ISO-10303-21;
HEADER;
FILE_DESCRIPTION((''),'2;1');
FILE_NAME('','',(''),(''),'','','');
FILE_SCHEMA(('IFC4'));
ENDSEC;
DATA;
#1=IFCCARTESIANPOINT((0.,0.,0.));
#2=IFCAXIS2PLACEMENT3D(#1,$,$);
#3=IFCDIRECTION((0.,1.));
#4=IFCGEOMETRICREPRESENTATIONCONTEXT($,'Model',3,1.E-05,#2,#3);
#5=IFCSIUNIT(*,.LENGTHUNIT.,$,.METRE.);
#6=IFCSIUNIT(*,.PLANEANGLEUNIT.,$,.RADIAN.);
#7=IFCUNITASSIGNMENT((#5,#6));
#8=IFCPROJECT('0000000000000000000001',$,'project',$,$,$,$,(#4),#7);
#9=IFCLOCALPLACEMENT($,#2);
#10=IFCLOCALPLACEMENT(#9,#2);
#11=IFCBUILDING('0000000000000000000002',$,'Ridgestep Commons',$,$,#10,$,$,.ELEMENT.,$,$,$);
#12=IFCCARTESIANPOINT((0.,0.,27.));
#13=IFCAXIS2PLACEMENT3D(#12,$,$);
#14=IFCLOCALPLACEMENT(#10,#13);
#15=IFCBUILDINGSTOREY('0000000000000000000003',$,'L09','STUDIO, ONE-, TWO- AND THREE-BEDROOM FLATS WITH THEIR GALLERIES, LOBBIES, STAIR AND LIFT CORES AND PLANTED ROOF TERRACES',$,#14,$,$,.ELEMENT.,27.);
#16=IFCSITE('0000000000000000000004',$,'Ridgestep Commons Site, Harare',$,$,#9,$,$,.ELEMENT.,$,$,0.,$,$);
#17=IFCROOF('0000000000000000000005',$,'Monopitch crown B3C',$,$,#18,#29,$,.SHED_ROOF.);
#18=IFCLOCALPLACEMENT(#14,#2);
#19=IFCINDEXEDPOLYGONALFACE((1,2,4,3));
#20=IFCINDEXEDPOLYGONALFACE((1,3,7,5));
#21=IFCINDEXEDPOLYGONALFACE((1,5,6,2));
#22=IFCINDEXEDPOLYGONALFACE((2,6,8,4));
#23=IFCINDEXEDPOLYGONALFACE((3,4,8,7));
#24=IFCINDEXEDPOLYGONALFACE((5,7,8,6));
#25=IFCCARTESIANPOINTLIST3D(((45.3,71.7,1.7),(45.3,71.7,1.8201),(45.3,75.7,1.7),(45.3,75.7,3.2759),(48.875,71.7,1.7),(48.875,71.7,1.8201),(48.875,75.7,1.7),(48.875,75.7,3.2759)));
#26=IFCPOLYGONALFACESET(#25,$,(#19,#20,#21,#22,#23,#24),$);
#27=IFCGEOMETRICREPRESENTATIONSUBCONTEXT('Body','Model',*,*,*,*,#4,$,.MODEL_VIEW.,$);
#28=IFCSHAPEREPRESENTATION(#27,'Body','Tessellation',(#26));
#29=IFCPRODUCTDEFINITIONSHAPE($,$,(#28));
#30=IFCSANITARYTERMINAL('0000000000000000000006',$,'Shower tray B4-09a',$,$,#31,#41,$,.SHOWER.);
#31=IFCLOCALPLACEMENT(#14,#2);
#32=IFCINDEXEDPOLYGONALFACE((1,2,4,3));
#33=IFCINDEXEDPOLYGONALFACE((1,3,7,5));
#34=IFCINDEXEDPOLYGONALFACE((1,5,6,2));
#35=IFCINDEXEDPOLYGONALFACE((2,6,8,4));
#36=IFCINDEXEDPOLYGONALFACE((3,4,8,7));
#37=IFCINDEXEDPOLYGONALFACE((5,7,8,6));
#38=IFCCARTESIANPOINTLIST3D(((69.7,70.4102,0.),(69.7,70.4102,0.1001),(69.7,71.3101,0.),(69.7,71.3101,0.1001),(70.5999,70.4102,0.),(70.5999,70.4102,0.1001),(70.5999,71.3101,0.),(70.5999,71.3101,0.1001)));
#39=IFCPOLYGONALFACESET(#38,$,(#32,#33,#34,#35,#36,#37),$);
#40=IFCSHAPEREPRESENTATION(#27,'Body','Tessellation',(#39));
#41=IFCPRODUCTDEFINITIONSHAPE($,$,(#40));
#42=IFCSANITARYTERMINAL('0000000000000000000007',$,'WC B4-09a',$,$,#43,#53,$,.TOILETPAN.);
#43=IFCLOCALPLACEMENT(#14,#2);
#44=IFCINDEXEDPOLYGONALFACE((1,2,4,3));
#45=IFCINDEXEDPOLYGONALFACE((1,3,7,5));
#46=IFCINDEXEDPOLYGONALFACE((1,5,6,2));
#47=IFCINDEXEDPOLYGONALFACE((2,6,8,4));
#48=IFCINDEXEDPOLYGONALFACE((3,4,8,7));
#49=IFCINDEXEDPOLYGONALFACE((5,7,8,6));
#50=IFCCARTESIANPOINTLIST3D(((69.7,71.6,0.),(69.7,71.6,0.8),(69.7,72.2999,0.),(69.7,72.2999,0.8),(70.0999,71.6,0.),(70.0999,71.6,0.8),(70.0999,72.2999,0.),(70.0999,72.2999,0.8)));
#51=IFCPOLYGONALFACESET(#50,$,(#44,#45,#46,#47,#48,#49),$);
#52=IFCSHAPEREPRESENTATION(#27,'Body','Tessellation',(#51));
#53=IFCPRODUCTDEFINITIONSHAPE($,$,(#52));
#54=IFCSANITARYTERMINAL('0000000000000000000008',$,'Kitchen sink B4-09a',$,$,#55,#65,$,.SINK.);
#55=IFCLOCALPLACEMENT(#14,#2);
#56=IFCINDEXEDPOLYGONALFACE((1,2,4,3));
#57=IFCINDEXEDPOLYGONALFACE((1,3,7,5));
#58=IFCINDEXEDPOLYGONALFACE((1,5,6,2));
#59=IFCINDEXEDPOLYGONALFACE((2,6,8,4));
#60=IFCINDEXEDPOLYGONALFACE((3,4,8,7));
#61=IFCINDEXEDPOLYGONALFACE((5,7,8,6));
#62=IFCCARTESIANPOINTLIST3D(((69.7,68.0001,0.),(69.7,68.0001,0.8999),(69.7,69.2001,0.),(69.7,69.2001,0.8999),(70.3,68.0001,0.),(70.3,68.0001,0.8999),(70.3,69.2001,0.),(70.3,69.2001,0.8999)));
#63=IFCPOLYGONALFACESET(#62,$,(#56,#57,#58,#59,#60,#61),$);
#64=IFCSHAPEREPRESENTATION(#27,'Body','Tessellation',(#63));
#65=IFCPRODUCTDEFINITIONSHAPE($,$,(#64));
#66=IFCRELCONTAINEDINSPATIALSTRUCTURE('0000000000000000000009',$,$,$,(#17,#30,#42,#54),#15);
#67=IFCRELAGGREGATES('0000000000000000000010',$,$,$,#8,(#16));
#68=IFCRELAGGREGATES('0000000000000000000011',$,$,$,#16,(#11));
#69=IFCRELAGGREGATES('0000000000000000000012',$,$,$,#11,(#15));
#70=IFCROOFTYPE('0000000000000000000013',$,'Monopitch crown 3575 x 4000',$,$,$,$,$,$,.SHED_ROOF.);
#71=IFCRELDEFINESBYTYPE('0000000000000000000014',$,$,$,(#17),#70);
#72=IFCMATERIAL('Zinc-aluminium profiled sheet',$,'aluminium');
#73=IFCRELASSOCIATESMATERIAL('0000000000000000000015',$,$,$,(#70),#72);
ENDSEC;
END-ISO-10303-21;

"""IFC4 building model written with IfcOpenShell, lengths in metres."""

from ifc_helpers import new_model, si_unit, direction, frame, origin, origin_2d, place, context, subcontext, project, spatial, polyline, rectangle, outline, extrude, material, type_object, element, save


model = new_model("IFC4")

# Units and contexts
model_context = context("Model", 3, precision=1e-05, world=origin(), true_north=direction((0.0, 1.0)))
body_context = subcontext(model_context, "Body", "Model", "MODEL_VIEW")
ifc_project = project(units=[si_unit("LENGTHUNIT", "METRE"), si_unit("PLANEANGLEUNIT", "RADIAN")], contexts=[model_context])

# Site, building, storey
site_placement = place(None, origin())
site = spatial("IfcSite", under=ifc_project, at=site_placement, Name="Ridgestep Commons Site, Harare", CompositionType="ELEMENT", RefElevation=0.0)
building_placement = place(site_placement, origin())
building = spatial("IfcBuilding", under=site, at=building_placement, Name="Ridgestep Commons", CompositionType="ELEMENT")
storey_placement = place(building_placement, frame((0.0, 0.0, 27.0)))
storey = spatial("IfcBuildingStorey", under=building, at=storey_placement, Name="L09", Description="STUDIO, ONE-, TWO- AND THREE-BEDROOM FLATS WITH THEIR GALLERIES, LOBBIES, STAIR AND LIFT CORES AND PLANTED ROOF TERRACES", CompositionType="ELEMENT", Elevation=27.0)

# Roof
ifc_material_1 = material(Name="Zinc-aluminium profiled sheet", Category="aluminium")
roof_type = type_object("IfcRoofType", Name="Monopitch crown 3575 x 4000", PredefinedType="SHED_ROOF", material=ifc_material_1)
roof_placement = place(storey_placement, frame((47.0874, 75.7, 1.7), z_axis=(0.0, 0.0, 1.0), x_axis=(0.0, -1.0, 0.0)))
element("IfcRoof", 1, at=roof_placement, inside=storey, type_object=roof_type, Name="Monopitch crown B3C", PredefinedType="SHED_ROOF", context=body_context, shape_type="SweptSolid", body=[
    extrude(outline(polyline([(0.0, 0.0), (4.0, 0.0), (4.0, 0.1201), (0.0, 1.5759), (0.0, 0.0)])), frame((0.0, 1.7876, 0.0), z_axis=(0.0, -1.0, 0.0), x_axis=(1.0, 0.0, 0.0)), (0.0, 0.0, 1.0), 3.575),
])

# Sanitary terminals
sanitary_terminal_1_placement = place(storey_placement, frame((70.1499, 70.8601, 0.0), z_axis=(0.0, 0.0, 1.0), x_axis=(1.0, 0.0, 0.0)))
element("IfcSanitaryTerminal", 2, at=sanitary_terminal_1_placement, inside=storey, Name="Shower tray B4-09a", PredefinedType="SHOWER", context=body_context, shape_type="SweptSolid", body=[
    extrude(rectangle(XDim=0.8999, YDim=0.8999, at=origin_2d()), origin(), (0.0, 0.0, 1.0), 0.1001),
])
sanitary_terminal_2_placement = place(storey_placement, frame((69.8999, 71.95, 0.0), z_axis=(0.0, 0.0, 1.0), x_axis=(1.0, 0.0, 0.0)))
element("IfcSanitaryTerminal", 3, at=sanitary_terminal_2_placement, inside=storey, Name="WC B4-09a", PredefinedType="TOILETPAN", context=body_context, shape_type="SweptSolid", body=[
    extrude(rectangle(XDim=0.3999, YDim=0.7, at=origin_2d()), origin(), (0.0, 0.0, 1.0), 0.8),
])
sanitary_terminal_3_placement = place(storey_placement, frame((70.0, 68.6001, 0.0), z_axis=(0.0, 0.0, 1.0), x_axis=(1.0, 0.0, 0.0)))
element("IfcSanitaryTerminal", 4, at=sanitary_terminal_3_placement, inside=storey, Name="Kitchen sink B4-09a", PredefinedType="SINK", context=body_context, shape_type="SweptSolid", body=[
    extrude(rectangle(XDim=0.6001, YDim=1.2, at=origin_2d()), origin(), (0.0, 0.0, 1.0), 0.8999),
])

save(model, "model.ifc")
